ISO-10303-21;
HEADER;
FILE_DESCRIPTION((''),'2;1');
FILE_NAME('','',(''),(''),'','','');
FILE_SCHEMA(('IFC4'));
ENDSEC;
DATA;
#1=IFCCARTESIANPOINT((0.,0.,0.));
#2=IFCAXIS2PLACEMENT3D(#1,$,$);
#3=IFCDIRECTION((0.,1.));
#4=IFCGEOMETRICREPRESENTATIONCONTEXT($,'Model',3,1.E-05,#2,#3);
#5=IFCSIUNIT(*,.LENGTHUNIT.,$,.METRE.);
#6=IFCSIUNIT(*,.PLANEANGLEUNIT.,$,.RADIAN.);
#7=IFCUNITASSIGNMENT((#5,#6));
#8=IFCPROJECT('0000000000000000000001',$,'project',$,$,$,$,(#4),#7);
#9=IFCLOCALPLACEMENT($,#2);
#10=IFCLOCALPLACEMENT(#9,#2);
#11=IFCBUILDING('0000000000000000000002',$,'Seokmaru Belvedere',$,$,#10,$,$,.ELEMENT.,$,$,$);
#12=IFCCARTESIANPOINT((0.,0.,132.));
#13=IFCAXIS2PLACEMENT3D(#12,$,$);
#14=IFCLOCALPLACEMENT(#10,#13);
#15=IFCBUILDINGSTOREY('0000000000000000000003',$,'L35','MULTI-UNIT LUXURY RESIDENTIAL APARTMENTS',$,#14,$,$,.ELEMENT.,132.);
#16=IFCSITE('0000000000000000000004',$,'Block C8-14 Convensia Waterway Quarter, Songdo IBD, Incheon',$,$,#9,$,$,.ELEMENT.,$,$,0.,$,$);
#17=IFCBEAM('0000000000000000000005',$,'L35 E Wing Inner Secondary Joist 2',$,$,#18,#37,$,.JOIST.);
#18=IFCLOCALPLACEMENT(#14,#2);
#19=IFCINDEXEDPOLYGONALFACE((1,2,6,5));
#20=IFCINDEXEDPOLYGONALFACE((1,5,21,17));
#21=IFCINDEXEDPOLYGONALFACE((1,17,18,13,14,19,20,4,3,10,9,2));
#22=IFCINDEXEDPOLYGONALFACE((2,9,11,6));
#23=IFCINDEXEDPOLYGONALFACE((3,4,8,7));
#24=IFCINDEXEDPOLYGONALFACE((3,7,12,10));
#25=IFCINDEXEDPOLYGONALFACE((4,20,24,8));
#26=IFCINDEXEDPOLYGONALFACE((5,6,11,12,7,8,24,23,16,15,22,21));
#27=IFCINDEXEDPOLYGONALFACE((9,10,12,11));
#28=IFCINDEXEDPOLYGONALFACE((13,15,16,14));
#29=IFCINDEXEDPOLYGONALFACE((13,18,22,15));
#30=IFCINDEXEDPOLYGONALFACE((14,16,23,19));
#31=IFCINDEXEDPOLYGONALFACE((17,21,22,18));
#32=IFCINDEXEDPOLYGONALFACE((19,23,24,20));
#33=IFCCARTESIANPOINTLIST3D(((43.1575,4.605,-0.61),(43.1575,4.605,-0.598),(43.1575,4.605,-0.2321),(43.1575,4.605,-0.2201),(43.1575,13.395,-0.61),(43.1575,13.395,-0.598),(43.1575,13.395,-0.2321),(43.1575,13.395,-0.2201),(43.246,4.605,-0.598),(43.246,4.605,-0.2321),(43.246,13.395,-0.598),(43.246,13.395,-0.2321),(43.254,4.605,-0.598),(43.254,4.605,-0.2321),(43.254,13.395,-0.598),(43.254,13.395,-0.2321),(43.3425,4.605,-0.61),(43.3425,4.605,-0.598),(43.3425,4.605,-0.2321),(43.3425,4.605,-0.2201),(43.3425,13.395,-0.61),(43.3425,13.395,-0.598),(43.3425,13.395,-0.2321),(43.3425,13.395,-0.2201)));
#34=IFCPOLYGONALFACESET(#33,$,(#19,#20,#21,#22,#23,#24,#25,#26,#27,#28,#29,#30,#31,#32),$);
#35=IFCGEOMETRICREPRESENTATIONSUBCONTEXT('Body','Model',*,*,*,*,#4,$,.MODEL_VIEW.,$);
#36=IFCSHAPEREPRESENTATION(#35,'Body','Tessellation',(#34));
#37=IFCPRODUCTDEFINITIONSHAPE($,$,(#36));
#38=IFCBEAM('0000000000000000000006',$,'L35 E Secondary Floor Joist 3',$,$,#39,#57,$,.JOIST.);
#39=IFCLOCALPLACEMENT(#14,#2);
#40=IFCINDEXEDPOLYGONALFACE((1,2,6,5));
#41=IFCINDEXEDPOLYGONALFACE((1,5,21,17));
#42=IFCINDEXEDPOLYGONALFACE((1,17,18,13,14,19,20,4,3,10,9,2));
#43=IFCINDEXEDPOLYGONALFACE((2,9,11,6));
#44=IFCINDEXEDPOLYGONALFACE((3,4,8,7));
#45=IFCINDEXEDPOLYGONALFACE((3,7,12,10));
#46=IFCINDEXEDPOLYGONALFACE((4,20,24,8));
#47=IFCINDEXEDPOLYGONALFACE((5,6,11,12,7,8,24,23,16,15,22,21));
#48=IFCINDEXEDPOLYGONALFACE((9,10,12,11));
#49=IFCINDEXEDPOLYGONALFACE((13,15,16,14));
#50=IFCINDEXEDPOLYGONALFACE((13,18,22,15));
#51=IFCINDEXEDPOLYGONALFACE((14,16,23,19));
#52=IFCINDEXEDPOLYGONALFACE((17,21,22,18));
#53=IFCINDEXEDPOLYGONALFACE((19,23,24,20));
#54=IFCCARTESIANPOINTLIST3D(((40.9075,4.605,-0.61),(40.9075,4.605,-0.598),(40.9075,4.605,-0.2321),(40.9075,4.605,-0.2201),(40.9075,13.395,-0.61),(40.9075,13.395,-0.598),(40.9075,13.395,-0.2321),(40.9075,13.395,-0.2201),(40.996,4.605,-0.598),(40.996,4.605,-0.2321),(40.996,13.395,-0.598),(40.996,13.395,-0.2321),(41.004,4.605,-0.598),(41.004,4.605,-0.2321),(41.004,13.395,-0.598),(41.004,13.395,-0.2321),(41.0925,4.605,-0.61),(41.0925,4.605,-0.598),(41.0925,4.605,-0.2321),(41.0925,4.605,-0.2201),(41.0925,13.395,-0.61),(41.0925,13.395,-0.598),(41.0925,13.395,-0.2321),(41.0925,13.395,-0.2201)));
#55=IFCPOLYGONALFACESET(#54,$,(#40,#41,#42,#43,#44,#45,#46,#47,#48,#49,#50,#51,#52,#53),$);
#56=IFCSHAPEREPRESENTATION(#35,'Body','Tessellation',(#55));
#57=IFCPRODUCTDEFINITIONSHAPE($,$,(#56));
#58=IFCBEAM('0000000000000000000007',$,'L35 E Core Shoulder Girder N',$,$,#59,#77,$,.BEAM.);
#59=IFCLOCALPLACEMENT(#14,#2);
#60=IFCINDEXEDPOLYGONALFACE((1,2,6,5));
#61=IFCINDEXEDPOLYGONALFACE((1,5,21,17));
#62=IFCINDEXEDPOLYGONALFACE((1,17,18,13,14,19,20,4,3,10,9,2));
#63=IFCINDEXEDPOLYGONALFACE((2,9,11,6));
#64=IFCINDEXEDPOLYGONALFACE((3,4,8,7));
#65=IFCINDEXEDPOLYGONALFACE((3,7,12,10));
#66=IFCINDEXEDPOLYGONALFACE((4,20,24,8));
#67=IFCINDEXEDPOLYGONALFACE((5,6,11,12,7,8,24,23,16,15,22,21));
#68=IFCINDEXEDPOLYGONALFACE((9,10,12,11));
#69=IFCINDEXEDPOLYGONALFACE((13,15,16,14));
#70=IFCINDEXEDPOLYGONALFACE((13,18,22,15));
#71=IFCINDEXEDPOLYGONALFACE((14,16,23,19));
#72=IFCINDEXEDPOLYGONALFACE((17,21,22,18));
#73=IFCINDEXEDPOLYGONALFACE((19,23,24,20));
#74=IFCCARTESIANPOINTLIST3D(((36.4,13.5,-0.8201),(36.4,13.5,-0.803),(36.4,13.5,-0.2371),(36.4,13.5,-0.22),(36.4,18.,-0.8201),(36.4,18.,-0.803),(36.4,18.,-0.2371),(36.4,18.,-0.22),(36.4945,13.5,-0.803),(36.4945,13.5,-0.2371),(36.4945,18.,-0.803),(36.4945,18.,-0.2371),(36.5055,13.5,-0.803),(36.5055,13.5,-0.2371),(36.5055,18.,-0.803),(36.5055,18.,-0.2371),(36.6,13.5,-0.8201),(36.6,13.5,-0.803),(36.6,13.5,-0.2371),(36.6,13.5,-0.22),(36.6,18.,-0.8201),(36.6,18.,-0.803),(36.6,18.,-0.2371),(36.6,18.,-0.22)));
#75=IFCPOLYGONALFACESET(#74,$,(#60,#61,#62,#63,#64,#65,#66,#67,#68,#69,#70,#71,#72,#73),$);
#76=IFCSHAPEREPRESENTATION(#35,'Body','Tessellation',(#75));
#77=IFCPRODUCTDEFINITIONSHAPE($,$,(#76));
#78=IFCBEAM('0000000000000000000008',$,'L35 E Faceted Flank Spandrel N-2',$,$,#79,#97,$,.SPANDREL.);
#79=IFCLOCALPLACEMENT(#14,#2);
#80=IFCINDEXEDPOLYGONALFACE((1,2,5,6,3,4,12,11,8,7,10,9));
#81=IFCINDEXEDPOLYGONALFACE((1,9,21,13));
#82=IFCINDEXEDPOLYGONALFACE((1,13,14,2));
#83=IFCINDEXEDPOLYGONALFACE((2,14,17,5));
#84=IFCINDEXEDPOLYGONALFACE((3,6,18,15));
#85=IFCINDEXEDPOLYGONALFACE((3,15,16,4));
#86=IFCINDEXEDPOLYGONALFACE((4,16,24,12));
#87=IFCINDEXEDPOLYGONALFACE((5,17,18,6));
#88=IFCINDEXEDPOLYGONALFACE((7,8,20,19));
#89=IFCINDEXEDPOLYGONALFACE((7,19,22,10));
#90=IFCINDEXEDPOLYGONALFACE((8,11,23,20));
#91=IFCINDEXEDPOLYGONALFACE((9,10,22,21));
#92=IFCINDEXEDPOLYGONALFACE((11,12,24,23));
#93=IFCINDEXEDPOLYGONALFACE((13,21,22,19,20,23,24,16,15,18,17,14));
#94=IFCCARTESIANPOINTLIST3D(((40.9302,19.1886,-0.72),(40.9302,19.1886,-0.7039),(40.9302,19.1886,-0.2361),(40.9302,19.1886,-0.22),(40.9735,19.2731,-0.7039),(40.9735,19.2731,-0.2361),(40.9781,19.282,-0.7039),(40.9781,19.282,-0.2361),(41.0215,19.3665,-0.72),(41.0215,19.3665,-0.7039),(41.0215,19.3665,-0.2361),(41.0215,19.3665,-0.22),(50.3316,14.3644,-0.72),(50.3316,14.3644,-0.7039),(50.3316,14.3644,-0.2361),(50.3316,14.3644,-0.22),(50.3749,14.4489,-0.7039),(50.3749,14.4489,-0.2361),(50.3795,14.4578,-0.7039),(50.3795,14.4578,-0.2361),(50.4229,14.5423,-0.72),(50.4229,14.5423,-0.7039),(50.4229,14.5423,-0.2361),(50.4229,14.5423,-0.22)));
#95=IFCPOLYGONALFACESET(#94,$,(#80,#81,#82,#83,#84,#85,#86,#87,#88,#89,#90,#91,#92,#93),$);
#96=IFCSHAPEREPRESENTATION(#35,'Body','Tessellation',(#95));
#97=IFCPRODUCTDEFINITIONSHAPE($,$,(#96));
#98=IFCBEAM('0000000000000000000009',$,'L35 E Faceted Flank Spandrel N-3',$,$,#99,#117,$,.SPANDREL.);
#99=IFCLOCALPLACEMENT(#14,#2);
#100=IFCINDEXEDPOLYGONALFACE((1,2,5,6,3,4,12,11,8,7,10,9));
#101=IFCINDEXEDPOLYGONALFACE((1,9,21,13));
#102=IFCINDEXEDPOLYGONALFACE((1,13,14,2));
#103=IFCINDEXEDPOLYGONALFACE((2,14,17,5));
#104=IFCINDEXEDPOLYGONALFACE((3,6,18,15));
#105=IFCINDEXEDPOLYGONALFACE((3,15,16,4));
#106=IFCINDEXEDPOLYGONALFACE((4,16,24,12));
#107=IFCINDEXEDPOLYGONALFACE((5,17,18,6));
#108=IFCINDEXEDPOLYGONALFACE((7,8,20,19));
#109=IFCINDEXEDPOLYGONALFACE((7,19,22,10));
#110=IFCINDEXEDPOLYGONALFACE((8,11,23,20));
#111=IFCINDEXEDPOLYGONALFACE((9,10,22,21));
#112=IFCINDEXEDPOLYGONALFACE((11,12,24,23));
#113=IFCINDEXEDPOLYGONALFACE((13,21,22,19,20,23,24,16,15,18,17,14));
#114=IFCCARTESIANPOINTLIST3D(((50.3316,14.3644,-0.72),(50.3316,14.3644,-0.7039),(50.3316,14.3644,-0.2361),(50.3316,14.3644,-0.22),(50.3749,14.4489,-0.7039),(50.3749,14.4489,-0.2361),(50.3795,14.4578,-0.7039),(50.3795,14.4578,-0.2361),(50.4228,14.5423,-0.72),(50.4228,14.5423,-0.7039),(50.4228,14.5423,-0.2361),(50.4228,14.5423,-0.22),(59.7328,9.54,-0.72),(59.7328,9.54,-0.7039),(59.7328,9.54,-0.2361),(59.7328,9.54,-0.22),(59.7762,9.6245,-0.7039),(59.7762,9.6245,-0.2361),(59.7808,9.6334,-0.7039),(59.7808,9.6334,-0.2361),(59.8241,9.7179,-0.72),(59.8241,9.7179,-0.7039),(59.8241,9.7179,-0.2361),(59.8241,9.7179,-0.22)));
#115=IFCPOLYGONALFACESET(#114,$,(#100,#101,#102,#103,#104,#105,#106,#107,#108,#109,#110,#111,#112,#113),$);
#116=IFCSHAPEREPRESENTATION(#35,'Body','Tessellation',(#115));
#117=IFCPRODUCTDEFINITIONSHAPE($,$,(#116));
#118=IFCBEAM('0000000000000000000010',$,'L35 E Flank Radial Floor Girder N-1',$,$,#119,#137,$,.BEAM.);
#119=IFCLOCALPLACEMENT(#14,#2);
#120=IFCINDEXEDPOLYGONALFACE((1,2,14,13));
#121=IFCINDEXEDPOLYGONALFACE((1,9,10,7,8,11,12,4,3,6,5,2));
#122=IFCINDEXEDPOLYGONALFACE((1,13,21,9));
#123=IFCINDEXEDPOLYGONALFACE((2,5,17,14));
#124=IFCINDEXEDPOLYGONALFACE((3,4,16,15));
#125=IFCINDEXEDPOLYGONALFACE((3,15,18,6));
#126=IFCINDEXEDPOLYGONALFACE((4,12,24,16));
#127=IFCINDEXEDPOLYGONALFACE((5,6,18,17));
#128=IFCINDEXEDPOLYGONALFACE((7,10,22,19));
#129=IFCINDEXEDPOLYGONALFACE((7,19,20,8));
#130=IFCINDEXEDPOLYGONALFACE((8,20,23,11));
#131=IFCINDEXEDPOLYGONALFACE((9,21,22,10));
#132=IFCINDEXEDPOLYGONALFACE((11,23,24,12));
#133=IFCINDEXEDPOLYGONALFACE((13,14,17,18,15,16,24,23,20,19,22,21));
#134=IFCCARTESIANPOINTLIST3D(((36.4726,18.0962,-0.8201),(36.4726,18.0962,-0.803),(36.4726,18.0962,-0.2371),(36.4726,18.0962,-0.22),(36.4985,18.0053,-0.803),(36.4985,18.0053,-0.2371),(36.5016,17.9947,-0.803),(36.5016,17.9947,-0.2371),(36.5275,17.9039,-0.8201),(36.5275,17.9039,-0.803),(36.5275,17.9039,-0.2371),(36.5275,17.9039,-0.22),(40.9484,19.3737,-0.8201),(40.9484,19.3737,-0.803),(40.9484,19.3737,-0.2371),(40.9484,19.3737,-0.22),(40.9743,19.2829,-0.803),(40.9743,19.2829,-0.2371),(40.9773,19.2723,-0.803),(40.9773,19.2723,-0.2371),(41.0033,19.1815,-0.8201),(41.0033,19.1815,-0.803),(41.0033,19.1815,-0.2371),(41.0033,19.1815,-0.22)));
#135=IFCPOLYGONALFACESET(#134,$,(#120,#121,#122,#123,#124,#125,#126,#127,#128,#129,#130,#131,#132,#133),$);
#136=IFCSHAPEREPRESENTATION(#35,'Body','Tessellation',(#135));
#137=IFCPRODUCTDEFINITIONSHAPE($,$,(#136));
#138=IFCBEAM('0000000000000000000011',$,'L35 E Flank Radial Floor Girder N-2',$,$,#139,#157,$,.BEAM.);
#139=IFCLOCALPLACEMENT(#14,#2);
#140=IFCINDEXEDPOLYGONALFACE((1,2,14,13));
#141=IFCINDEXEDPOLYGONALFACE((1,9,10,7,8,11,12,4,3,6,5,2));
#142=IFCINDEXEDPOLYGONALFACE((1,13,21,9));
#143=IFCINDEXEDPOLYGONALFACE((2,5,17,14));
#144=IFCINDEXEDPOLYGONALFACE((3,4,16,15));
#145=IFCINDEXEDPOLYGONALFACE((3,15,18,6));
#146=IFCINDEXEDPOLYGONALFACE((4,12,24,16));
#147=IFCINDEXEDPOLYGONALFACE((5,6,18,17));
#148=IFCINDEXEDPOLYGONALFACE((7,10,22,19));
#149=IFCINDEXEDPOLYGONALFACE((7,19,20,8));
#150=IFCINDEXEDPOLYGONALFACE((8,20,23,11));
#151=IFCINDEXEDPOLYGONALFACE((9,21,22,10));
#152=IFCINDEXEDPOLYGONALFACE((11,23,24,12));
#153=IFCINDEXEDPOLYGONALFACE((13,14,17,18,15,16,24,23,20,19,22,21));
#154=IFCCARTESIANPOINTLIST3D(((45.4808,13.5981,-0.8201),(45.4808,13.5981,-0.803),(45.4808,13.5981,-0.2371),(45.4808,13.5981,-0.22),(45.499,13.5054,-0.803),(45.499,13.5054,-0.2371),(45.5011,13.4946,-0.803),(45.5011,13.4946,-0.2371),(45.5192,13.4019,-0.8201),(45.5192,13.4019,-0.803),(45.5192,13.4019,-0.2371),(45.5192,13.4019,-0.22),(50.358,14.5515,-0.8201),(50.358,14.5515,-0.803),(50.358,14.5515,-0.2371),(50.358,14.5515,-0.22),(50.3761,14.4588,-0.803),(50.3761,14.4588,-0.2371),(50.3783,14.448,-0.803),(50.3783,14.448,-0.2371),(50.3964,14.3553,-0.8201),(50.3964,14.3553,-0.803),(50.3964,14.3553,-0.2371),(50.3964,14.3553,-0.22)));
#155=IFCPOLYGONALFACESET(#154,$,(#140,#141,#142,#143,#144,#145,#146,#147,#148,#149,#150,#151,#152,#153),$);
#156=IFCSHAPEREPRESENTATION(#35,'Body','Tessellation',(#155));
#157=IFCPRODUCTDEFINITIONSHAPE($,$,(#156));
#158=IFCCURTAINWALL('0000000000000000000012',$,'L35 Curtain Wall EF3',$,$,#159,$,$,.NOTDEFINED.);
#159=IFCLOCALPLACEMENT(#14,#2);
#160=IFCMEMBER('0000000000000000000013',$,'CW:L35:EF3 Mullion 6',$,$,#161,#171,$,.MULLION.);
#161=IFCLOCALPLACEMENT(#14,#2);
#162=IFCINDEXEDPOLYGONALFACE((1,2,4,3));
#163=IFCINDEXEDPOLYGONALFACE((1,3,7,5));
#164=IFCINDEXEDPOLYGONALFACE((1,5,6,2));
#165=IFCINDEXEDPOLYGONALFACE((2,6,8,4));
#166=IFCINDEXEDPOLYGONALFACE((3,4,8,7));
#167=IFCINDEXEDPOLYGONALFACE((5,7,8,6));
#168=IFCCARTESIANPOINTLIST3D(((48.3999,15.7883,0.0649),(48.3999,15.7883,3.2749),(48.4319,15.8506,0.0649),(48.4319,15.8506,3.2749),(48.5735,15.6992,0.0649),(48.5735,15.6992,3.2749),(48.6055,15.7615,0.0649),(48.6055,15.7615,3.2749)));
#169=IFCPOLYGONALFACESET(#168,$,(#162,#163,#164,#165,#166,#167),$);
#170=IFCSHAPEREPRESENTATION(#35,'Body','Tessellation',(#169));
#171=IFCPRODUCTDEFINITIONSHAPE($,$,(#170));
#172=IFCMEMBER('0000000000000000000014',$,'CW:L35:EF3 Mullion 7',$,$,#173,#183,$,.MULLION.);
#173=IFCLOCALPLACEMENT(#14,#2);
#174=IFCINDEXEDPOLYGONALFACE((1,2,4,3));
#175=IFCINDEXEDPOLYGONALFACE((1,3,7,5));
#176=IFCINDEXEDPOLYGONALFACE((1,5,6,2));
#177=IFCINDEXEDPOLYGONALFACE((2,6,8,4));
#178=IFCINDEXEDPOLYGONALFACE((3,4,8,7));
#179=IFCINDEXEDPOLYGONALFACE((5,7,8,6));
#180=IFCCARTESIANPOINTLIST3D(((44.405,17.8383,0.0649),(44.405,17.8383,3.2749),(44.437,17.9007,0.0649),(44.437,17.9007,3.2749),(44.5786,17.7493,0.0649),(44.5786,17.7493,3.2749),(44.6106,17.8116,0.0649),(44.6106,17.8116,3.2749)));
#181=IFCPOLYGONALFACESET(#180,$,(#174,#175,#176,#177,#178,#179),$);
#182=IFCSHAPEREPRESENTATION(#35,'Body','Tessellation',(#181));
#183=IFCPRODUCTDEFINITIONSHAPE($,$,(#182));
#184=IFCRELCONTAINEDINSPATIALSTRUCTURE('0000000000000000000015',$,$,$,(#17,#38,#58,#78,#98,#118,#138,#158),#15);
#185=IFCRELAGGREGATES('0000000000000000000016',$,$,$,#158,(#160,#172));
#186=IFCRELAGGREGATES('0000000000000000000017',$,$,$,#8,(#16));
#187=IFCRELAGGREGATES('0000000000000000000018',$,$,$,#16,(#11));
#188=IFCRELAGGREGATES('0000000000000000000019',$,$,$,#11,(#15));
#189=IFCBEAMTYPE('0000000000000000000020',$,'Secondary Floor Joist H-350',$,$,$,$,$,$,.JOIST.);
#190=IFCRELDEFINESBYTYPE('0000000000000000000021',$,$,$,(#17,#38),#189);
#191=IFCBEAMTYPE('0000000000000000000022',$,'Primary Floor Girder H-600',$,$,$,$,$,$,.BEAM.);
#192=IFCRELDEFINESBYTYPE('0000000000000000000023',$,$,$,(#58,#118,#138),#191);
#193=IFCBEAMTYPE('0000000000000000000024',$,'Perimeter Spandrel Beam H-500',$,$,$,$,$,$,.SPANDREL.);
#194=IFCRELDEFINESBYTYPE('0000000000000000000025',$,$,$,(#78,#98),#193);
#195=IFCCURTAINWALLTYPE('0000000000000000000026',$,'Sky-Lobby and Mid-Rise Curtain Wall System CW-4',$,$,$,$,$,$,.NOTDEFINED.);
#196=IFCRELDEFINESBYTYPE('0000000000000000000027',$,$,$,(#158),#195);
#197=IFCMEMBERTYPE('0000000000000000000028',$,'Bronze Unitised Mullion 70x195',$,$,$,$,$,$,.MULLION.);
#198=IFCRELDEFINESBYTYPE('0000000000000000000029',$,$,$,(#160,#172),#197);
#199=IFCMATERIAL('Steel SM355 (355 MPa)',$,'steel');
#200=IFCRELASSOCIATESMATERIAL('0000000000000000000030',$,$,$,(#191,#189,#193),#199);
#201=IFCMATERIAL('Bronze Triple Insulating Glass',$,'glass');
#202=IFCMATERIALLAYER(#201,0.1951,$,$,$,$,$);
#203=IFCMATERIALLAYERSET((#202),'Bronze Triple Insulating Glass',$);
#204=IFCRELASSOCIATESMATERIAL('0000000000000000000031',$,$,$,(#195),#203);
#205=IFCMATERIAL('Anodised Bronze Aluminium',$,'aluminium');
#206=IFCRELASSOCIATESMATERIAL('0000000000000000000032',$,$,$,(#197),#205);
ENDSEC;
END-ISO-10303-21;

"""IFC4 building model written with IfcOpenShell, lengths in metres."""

from ifc_helpers import new_model, si_unit, direction, frame, origin, origin_2d, place, context, subcontext, project, spatial, rectangle, i_section, extrude, source, transform, mapped, material, layer, layer_set, material_profile, profile_set, type_object, type_shapes, element, aggregate, save


model = new_model("IFC4")

# Units and contexts
model_context = context("Model", 3, precision=1e-05, world=origin(), true_north=direction((0.0, 1.0)))
body_context = subcontext(model_context, "Body", "Model", "MODEL_VIEW")
ifc_project = project(units=[si_unit("LENGTHUNIT", "METRE"), si_unit("PLANEANGLEUNIT", "RADIAN")], contexts=[model_context])

# Site, building, storey
site_placement = place(None, origin())
site = spatial("IfcSite", under=ifc_project, at=site_placement, Name="Block C8-14 Convensia Waterway Quarter, Songdo IBD, Incheon", CompositionType="ELEMENT", RefElevation=0.0)
building_placement = place(site_placement, origin())
building = spatial("IfcBuilding", under=site, at=building_placement, Name="Seokmaru Belvedere", CompositionType="ELEMENT")
storey_placement = place(building_placement, frame((0.0, 0.0, 132.0)))
storey = spatial("IfcBuildingStorey", under=building, at=storey_placement, Name="L35", Description="MULTI-UNIT LUXURY RESIDENTIAL APARTMENTS", CompositionType="ELEMENT", Elevation=132.0)

# Shared definitions
ifc_material_1 = material(Name="Steel SM355 (355 MPa)", Category="steel")

# Beams
ifc_material_profile_1 = material_profile(ifc_material_1, i_section(OverallWidth=0.2, OverallDepth=0.6001, WebThickness=0.011, FlangeThickness=0.0171, at=origin_2d()), Name="H-600x200x11x17")
ifc_profile_set_1 = profile_set([ifc_material_profile_1], Name="Steel SM355 (355 MPa)")
beam_type_1 = type_object("IfcBeamType", Name="Primary Floor Girder H-600", PredefinedType="BEAM", material=ifc_profile_set_1)
ifc_material_profile_2 = material_profile(ifc_material_1, i_section(OverallWidth=0.1851, OverallDepth=0.3899, WebThickness=0.0081, FlangeThickness=0.012, at=origin_2d()), Name="H-390x185x8x12")
ifc_profile_set_2 = profile_set([ifc_material_profile_2], Name="Steel SM355 (355 MPa)")
beam_type_2 = type_object("IfcBeamType", Name="Secondary Floor Joist H-350", PredefinedType="JOIST", material=ifc_profile_set_2)
shared_shape_1 = source(origin(), body_context, "Body", "SweptSolid", [
    extrude(i_section(OverallWidth=0.1851, OverallDepth=0.3899, WebThickness=0.0081, FlangeThickness=0.012, at=origin_2d()), origin(), (0.0, 0.0, 1.0), 8.79),
])
type_shapes(beam_type_2, [shared_shape_1])
for number, where, z_axis, x_axis, name in (
    (1, (43.25, 4.605, -0.415), (0.0, 1.0, 0.0), (-1.0, 0.0, 0.0), "L35 E Wing Inner Secondary Joist 2"),
    (2, (41.0, 4.605, -0.415), (0.0, 1.0, 0.0), (-1.0, 0.0, 0.0), "L35 E Secondary Floor Joist 3"),
):
    element("IfcBeam", number, at=place(storey_placement, frame(where, z_axis=z_axis, x_axis=x_axis)), inside=storey, type_object=beam_type_2, Name=name, PredefinedType="JOIST", context=body_context, shape_type="MappedRepresentation", body=[
        mapped(shared_shape_1, transform((0.0, 0.0, 0.0), scale=1.0)),
    ])
shared_shape_2 = source(origin(), body_context, "Body", "SweptSolid", [
    extrude(i_section(OverallWidth=0.2, OverallDepth=0.6001, WebThickness=0.011, FlangeThickness=0.0171, at=origin_2d()), origin(), (0.0, 0.0, 1.0), 4.5),
])
beam_1_placement = place(storey_placement, frame((36.5, 13.5, -0.52), z_axis=(0.0, 1.0, 0.0), x_axis=(-1.0, 0.0, 0.0)))
element("IfcBeam", 3, at=beam_1_placement, inside=storey, type_object=beam_type_1, Name="L35 E Core Shoulder Girder N", PredefinedType="BEAM", context=body_context, shape_type="MappedRepresentation", body=[
    mapped(shared_shape_2, transform((0.0, 0.0, 0.0), scale=1.0)),
])
ifc_material_profile_3 = material_profile(ifc_material_1, i_section(OverallWidth=0.2, OverallDepth=0.5, WebThickness=0.01, FlangeThickness=0.0161, at=origin_2d()), Name="H-500x200x10x16")
ifc_profile_set_3 = profile_set([ifc_material_profile_3], Name="Steel SM355 (355 MPa)")
beam_type_3 = type_object("IfcBeamType", Name="Perimeter Spandrel Beam H-500", PredefinedType="SPANDREL", material=ifc_profile_set_3)
shared_shape_3 = source(origin(), body_context, "Body", "SweptSolid", [
    extrude(i_section(OverallWidth=0.2, OverallDepth=0.5, WebThickness=0.01, FlangeThickness=0.0161, at=origin_2d()), origin(), (0.0, 0.0, 1.0), 10.5669),
])
type_shapes(beam_type_3, [shared_shape_3])
for number, where, z_axis, x_axis, name in (
    (4, (40.9758, 19.2776, -0.47), (0.889702, -0.456542, 0.0), (0.456542, 0.889702, 0.0), "L35 E Faceted Flank Spandrel N-2"),
    (5, (50.3772, 14.4534, -0.47), (0.889693, -0.45656, 0.0), (0.45656, 0.889693, 0.0), "L35 E Faceted Flank Spandrel N-3"),
):
    element("IfcBeam", number, at=place(storey_placement, frame(where, z_axis=z_axis, x_axis=x_axis)), inside=storey, type_object=beam_type_3, Name=name, PredefinedType="SPANDREL", context=body_context, shape_type="MappedRepresentation", body=[
        mapped(shared_shape_3, transform((0.0, 0.0, 0.0), scale=1.0)),
    ])
shared_shape_4 = source(origin(), body_context, "Body", "SweptSolid", [
    extrude(i_section(OverallWidth=0.2, OverallDepth=0.6001, WebThickness=0.011, FlangeThickness=0.0171, at=origin_2d()), origin(), (0.0, 0.0, 1.0), 4.6545),
])
beam_2_placement = place(storey_placement, frame((40.9758, 19.2776, -0.52), z_axis=(-0.961593, -0.274479, 0.0), x_axis=(0.274479, -0.961593, 0.0)))
element("IfcBeam", 6, at=beam_2_placement, inside=storey, type_object=beam_type_1, Name="L35 E Flank Radial Floor Girder N-1", PredefinedType="BEAM", context=body_context, shape_type="MappedRepresentation", body=[
    mapped(shared_shape_4, transform((0.0, 0.0, 0.0), scale=1.0)),
])
shared_shape_5 = source(origin(), body_context, "Body", "SweptSolid", [
    extrude(i_section(OverallWidth=0.2, OverallDepth=0.6001, WebThickness=0.011, FlangeThickness=0.0171, at=origin_2d()), origin(), (0.0, 0.0, 1.0), 4.9695),
])
beam_3_placement = place(storey_placement, frame((50.3772, 14.4534, -0.52), z_axis=(-0.981425, -0.191844, 0.0), x_axis=(0.191844, -0.981425, 0.0)))
element("IfcBeam", 7, at=beam_3_placement, inside=storey, type_object=beam_type_1, Name="L35 E Flank Radial Floor Girder N-2", PredefinedType="BEAM", context=body_context, shape_type="MappedRepresentation", body=[
    mapped(shared_shape_5, transform((0.0, 0.0, 0.0), scale=1.0)),
])

# Curtain wall, members
ifc_material_2 = material(Name="Bronze Triple Insulating Glass", Category="glass")
ifc_layer_1 = layer(ifc_material_2, 0.1951)
ifc_layer_set_1 = layer_set([ifc_layer_1], Name="Bronze Triple Insulating Glass")
curtain_wall_type = type_object("IfcCurtainWallType", Name="Sky-Lobby and Mid-Rise Curtain Wall System CW-4", PredefinedType="NOTDEFINED", material=ifc_layer_set_1)
curtain_wall_placement = place(storey_placement, origin())
curtain_wall = element("IfcCurtainWall", 8, at=curtain_wall_placement, inside=storey, type_object=curtain_wall_type, Name="L35 Curtain Wall EF3", PredefinedType="NOTDEFINED")
ifc_material_3 = material(Name="Anodised Bronze Aluminium", Category="aluminium")
ifc_material_profile_4 = material_profile(ifc_material_3, rectangle(XDim=0.0701, YDim=0.1951, at=origin_2d()), Name="CW-M-70x195")
ifc_profile_set_4 = profile_set([ifc_material_profile_4], Name="Anodised Bronze Aluminium")
member_type = type_object("IfcMemberType", Name="Bronze Unitised Mullion 70x195", PredefinedType="MULLION", material=ifc_profile_set_4)
shared_shape_6 = source(origin(), body_context, "Body", "SweptSolid", [
    extrude(rectangle(XDim=0.0701, YDim=0.1951, at=origin_2d()), origin(), (0.0, 0.0, 1.0), 3.21),
])
type_shapes(member_type, [shared_shape_6])
member_1_placement = place(storey_placement, frame((48.5027, 15.7749, 0.0649), z_axis=(0.0, 0.0, 1.0), x_axis=(-0.456555, -0.889695, 0.0)))
member_1 = element("IfcMember", 9, at=member_1_placement, type_object=member_type, Name="CW:L35:EF3 Mullion 6", PredefinedType="MULLION", context=body_context, shape_type="MappedRepresentation", body=[
    mapped(shared_shape_6, transform((0.0, 0.0, 0.0), scale=1.0)),
])
member_2_placement = place(storey_placement, frame((44.5078, 17.825, 0.0649), z_axis=(0.0, 0.0, 1.0), x_axis=(-0.456555, -0.889695, 0.0)))
member_2 = element("IfcMember", 10, at=member_2_placement, type_object=member_type, Name="CW:L35:EF3 Mullion 7", PredefinedType="MULLION", context=body_context, shape_type="MappedRepresentation", body=[
    mapped(shared_shape_6, transform((0.0, 0.0, 0.0), scale=1.0)),
])
aggregate(curtain_wall, [member_1, member_2])

save(model, "model.ifc")
